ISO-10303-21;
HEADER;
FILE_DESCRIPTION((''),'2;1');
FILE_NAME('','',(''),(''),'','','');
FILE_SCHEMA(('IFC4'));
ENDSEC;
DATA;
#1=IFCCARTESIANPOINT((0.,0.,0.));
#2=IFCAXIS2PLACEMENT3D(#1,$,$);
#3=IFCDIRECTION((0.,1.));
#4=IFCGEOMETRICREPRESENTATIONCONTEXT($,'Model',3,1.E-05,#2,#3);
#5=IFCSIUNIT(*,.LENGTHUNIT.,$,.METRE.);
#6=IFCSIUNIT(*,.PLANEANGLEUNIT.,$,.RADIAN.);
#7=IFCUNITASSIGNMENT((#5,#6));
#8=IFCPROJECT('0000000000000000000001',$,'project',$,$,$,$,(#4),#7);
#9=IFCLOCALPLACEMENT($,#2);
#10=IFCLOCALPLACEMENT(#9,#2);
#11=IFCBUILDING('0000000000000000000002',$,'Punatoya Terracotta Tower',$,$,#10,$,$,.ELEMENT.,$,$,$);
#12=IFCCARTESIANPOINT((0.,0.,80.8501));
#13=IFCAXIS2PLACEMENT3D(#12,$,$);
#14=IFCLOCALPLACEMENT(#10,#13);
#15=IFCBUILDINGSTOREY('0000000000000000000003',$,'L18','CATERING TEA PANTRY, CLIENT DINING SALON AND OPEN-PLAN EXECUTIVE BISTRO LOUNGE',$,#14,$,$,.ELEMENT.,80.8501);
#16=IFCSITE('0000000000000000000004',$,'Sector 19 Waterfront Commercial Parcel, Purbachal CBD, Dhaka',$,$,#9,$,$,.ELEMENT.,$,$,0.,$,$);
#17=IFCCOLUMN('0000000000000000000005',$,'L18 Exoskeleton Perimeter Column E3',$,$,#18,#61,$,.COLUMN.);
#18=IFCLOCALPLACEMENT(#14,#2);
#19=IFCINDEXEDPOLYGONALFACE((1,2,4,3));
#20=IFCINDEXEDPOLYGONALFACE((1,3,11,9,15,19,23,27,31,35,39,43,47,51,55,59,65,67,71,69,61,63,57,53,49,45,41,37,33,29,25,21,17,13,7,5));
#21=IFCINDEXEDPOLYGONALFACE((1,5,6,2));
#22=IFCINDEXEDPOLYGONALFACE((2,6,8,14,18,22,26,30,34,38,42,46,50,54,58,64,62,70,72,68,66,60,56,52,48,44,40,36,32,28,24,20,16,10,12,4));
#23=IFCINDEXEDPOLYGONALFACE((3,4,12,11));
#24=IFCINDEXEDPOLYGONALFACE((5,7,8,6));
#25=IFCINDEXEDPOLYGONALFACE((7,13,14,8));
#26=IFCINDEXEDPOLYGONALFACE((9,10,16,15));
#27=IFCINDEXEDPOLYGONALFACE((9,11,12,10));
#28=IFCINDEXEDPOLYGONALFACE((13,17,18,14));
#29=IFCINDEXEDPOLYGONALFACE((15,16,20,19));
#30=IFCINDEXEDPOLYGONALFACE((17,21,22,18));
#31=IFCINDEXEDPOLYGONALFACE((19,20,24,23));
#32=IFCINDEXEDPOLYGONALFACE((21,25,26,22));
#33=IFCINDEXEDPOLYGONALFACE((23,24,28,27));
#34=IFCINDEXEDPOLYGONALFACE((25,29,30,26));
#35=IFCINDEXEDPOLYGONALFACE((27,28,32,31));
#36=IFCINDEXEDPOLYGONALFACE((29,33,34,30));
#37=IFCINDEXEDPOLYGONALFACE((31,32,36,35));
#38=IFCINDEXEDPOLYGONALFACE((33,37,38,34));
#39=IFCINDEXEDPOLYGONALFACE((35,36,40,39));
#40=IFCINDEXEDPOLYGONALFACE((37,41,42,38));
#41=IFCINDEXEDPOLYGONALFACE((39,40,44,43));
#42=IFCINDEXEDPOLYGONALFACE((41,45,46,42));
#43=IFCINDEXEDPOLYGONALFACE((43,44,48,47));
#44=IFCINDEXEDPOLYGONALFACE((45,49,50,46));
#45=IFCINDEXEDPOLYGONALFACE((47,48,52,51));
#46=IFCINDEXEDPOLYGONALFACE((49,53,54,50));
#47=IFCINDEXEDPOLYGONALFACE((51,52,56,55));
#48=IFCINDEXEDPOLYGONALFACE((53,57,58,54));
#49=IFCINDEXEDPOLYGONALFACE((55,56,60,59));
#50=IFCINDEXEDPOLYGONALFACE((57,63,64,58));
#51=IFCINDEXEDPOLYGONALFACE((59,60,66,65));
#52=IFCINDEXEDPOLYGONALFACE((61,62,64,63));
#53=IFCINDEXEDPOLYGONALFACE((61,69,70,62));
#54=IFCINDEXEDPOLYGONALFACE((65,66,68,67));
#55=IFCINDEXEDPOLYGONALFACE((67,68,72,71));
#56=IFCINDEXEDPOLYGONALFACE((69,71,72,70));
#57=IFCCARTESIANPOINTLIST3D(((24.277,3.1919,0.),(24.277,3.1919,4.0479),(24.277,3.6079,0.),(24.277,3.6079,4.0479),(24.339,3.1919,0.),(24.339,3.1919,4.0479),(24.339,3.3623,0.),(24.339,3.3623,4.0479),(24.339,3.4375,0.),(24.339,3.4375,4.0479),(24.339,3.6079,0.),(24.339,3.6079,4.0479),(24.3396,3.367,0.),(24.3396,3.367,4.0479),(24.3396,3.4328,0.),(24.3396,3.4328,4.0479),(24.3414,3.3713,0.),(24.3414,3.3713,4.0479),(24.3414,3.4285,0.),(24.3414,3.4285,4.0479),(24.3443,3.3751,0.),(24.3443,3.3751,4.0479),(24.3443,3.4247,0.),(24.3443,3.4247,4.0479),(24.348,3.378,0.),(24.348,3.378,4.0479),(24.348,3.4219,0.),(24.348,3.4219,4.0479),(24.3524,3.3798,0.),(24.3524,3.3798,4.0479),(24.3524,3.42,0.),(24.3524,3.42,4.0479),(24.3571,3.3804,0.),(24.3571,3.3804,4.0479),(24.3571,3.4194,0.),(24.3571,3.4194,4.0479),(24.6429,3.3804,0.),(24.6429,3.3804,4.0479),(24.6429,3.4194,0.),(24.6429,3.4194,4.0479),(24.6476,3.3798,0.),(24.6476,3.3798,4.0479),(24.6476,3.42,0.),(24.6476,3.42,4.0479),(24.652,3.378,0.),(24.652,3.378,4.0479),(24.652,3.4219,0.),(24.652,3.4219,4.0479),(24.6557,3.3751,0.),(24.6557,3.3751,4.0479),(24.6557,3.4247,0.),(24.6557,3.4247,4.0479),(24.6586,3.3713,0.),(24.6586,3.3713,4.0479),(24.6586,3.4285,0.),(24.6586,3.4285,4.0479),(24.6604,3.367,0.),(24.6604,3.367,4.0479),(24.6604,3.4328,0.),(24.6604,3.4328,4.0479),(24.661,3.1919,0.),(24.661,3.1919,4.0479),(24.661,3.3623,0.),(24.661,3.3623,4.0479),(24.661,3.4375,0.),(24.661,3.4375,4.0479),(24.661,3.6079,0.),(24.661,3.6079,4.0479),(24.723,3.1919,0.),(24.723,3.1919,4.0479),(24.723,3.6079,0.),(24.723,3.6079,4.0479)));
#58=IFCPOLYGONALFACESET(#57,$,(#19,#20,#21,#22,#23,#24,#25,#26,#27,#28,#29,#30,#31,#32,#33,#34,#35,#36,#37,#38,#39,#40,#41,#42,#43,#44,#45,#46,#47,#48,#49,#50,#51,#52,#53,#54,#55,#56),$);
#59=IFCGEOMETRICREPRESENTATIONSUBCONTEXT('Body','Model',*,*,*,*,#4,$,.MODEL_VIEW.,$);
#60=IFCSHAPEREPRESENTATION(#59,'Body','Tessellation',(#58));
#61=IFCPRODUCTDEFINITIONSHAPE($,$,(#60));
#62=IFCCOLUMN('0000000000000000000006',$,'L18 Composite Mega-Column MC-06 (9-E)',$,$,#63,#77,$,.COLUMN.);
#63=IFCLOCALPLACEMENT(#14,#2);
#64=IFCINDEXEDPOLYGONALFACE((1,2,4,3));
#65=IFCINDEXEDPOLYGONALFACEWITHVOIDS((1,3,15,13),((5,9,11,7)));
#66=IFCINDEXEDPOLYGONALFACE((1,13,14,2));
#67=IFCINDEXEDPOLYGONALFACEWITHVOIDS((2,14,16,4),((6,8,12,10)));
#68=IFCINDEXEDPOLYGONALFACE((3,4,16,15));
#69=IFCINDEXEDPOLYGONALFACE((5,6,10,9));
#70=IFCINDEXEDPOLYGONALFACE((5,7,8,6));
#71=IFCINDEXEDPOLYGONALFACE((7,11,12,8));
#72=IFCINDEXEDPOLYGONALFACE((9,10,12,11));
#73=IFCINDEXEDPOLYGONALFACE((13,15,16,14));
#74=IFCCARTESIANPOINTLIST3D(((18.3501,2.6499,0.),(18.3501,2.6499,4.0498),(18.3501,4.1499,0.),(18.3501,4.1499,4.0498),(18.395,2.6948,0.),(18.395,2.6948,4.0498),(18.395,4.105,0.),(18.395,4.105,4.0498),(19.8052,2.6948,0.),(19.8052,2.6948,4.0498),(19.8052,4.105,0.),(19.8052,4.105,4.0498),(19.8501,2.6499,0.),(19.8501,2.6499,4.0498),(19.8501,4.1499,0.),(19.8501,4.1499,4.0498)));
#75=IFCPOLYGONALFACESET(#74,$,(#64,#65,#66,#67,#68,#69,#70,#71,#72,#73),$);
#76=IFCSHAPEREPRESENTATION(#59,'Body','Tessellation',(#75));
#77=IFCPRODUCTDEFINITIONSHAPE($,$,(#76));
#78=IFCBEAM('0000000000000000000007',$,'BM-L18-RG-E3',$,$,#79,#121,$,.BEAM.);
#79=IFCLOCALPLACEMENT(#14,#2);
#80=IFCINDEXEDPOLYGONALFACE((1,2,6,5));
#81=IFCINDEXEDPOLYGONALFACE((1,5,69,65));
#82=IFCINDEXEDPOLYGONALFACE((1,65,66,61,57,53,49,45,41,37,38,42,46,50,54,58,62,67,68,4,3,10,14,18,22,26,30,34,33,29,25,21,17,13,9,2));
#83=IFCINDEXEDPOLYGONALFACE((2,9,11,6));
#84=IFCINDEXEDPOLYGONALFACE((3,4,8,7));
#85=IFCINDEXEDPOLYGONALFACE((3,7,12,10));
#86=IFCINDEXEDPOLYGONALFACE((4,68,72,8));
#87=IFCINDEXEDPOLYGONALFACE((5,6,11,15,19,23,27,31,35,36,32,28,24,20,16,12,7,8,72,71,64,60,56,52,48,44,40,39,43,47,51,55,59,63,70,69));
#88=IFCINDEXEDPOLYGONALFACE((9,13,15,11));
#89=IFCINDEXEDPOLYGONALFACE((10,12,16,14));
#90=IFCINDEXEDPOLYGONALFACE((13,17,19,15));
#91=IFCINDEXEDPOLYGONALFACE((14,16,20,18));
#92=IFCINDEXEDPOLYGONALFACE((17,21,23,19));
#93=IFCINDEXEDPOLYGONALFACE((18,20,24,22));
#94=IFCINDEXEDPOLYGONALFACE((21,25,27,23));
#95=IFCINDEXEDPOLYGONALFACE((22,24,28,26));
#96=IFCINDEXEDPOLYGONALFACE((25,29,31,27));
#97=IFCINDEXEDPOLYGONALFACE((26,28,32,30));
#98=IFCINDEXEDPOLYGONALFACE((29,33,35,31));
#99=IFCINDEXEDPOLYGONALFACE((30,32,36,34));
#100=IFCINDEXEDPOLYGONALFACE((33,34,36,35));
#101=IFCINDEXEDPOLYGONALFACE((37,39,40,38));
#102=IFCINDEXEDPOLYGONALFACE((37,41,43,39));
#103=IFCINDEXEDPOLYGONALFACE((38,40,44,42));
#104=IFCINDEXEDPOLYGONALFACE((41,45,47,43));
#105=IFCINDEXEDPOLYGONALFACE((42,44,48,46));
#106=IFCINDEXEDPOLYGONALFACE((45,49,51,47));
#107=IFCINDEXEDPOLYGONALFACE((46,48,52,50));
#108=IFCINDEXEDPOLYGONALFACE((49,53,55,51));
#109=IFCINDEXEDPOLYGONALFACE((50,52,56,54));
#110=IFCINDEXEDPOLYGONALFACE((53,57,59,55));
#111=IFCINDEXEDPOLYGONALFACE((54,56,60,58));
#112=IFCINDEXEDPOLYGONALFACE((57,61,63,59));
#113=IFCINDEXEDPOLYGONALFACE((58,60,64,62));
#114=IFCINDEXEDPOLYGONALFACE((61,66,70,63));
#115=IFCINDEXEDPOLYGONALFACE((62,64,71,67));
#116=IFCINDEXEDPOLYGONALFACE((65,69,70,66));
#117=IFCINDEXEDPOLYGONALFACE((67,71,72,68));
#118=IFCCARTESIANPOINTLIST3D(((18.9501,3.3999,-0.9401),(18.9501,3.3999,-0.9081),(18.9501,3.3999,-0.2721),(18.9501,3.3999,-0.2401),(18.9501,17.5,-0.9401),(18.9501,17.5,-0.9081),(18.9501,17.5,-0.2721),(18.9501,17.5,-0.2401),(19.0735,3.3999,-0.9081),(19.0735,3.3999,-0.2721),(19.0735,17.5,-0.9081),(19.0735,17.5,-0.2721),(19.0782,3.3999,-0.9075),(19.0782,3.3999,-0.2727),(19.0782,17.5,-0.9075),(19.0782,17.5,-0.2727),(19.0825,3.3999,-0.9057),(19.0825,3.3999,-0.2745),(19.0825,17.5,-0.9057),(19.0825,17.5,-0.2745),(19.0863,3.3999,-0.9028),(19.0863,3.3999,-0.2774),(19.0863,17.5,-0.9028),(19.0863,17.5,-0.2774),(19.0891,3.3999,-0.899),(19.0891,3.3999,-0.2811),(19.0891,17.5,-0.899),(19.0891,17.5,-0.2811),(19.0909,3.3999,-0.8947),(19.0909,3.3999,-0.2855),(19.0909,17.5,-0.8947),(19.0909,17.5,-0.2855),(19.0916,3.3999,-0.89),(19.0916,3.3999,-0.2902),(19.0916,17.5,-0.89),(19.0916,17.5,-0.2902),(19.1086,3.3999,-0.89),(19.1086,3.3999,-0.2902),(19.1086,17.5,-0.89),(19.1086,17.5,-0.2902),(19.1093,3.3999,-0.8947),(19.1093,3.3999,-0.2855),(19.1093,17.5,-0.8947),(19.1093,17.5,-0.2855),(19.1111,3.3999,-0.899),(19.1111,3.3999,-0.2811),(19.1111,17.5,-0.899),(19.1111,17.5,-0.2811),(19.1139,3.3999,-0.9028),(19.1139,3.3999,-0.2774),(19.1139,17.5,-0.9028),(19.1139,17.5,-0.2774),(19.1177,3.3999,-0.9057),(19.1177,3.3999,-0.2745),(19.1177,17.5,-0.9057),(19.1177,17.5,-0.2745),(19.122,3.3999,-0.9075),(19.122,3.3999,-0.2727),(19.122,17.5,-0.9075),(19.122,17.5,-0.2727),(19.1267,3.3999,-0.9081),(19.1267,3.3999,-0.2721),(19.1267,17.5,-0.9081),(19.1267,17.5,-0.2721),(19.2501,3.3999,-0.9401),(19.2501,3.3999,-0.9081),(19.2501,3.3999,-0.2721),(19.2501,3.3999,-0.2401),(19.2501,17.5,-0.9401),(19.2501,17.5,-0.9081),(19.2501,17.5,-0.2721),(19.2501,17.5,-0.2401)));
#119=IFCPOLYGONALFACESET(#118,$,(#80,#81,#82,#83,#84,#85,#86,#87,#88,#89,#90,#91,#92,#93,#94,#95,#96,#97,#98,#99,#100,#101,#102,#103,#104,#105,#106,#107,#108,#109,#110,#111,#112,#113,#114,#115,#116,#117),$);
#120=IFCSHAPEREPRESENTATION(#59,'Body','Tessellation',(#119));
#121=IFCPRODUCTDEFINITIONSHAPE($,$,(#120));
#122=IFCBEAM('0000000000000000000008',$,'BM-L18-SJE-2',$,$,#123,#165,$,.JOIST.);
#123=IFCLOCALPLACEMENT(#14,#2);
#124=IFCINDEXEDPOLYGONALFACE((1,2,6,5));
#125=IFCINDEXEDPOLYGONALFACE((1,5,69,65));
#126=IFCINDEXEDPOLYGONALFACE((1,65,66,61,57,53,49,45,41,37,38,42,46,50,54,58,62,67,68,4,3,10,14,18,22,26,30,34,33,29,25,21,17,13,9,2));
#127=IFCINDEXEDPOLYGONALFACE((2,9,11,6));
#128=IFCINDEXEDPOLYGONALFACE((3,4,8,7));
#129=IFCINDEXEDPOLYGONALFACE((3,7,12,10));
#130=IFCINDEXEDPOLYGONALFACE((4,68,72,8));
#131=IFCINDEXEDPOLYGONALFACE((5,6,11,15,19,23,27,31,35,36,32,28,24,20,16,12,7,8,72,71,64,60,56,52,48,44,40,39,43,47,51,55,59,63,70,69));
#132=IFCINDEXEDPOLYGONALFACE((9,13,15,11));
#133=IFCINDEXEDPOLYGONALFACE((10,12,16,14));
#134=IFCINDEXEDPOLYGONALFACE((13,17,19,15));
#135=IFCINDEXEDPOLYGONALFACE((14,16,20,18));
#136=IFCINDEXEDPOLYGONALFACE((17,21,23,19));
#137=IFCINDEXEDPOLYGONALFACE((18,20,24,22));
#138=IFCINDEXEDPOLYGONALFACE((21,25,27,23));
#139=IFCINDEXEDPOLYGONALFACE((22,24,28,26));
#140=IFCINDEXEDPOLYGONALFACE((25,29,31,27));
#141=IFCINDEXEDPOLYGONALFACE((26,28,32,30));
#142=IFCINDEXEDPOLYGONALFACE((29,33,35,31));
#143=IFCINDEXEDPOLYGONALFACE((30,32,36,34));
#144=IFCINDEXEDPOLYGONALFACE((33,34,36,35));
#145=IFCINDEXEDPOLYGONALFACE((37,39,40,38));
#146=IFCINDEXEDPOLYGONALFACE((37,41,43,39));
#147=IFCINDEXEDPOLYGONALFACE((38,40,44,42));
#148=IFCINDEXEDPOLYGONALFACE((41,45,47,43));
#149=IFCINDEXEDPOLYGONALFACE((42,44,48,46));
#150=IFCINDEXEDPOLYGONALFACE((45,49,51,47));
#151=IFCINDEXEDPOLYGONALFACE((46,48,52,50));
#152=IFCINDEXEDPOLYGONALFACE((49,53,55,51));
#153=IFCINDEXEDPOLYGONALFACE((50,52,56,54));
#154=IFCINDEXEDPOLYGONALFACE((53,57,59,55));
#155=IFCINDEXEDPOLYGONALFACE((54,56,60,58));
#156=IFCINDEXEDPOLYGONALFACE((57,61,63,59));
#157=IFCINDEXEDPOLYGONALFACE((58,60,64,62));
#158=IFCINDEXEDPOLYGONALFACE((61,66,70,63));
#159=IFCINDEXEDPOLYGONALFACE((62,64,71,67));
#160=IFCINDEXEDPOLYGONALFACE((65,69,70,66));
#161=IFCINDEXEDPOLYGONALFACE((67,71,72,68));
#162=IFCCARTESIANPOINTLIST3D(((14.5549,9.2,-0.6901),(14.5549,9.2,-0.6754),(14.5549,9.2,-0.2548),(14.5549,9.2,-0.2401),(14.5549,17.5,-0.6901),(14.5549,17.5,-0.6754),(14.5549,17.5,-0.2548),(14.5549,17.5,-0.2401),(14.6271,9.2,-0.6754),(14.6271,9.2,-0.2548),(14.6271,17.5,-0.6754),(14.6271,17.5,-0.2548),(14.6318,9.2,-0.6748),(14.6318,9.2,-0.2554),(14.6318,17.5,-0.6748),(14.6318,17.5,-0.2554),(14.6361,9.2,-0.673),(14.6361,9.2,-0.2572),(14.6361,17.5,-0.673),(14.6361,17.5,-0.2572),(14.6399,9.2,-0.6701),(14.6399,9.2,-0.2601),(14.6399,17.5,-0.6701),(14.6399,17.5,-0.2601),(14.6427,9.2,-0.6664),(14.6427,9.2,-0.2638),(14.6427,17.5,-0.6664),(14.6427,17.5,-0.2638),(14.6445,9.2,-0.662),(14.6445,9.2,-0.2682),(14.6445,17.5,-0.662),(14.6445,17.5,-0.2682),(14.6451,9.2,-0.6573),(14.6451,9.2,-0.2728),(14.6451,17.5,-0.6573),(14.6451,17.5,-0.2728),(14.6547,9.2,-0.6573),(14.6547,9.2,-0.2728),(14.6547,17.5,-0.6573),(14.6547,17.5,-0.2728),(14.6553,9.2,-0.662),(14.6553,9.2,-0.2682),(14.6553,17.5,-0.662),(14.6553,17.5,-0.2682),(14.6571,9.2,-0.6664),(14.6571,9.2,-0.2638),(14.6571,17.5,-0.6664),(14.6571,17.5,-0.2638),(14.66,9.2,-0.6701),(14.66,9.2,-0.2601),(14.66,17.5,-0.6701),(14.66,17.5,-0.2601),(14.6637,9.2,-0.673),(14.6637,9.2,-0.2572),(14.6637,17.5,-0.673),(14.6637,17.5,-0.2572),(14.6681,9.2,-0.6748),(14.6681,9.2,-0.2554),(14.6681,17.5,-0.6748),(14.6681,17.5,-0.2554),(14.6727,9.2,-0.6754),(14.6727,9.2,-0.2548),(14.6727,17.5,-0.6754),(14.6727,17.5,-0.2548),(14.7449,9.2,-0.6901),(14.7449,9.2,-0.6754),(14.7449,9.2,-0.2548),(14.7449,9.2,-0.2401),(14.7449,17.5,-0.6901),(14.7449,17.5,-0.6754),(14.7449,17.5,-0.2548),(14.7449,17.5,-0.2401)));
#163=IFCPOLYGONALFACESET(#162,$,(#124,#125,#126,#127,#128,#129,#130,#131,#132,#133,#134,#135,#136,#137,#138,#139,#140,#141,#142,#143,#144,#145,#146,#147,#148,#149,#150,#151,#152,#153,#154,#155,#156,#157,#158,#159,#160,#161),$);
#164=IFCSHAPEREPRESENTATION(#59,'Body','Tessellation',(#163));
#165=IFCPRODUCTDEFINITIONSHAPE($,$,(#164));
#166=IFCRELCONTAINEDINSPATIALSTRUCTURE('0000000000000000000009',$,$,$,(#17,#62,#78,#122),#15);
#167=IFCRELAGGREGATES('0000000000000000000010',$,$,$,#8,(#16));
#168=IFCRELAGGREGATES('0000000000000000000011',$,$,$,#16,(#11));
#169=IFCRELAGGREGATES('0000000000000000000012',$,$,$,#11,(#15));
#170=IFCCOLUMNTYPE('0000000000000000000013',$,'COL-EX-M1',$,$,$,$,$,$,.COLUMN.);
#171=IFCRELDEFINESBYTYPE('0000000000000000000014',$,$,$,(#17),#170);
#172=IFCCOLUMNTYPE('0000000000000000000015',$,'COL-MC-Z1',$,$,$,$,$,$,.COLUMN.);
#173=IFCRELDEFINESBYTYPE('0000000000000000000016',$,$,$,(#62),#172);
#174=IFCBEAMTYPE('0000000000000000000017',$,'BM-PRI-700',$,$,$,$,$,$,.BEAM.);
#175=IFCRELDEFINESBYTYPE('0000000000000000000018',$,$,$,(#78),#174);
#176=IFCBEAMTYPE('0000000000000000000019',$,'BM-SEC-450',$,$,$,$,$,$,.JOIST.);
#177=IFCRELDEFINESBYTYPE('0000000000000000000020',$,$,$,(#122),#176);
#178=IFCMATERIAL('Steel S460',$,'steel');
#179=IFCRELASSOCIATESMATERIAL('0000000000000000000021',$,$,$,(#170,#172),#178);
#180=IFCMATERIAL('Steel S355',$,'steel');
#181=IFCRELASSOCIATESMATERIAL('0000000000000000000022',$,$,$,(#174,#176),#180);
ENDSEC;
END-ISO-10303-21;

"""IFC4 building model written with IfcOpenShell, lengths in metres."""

from ifc_helpers import new_model, si_unit, direction, frame, origin, origin_2d, place, context, subcontext, project, spatial, hollow_rectangle, i_section, extrude, material, material_profile, profile_set, type_object, element, save


model = new_model("IFC4")

# Units and contexts
model_context = context("Model", 3, precision=1e-05, world=origin(), true_north=direction((0.0, 1.0)))
body_context = subcontext(model_context, "Body", "Model", "MODEL_VIEW")
ifc_project = project(units=[si_unit("LENGTHUNIT", "METRE"), si_unit("PLANEANGLEUNIT", "RADIAN")], contexts=[model_context])

# Site, building, storey
site_placement = place(None, origin())
site = spatial("IfcSite", under=ifc_project, at=site_placement, Name="Sector 19 Waterfront Commercial Parcel, Purbachal CBD, Dhaka", CompositionType="ELEMENT", RefElevation=0.0)
building_placement = place(site_placement, origin())
building = spatial("IfcBuilding", under=site, at=building_placement, Name="Punatoya Terracotta Tower", CompositionType="ELEMENT")
storey_placement = place(building_placement, frame((0.0, 0.0, 80.8501)))
storey = spatial("IfcBuildingStorey", under=building, at=storey_placement, Name="L18", Description="CATERING TEA PANTRY, CLIENT DINING SALON AND OPEN-PLAN EXECUTIVE BISTRO LOUNGE", CompositionType="ELEMENT", Elevation=80.8501)

# Columns
ifc_material_1 = material(Name="Steel S460", Category="steel")
ifc_material_profile_1 = material_profile(ifc_material_1, i_section(OverallWidth=0.416, OverallDepth=0.446, WebThickness=0.0391, FlangeThickness=0.062, FilletRadius=0.0181, at=origin_2d()))
ifc_profile_set_1 = profile_set([ifc_material_profile_1], Name="Steel S460")
column_type_1 = type_object("IfcColumnType", Name="COL-EX-M1", PredefinedType="COLUMN", material=ifc_profile_set_1)
column_1_placement = place(storey_placement, frame((24.5, 3.3999, 0.0), z_axis=(0.0, 0.0, 1.0), x_axis=(0.0, 1.0, 0.0)))
element("IfcColumn", 1, at=column_1_placement, inside=storey, type_object=column_type_1, Name="L18 Exoskeleton Perimeter Column E3", PredefinedType="COLUMN", context=body_context, shape_type="SweptSolid", body=[
    extrude(i_section(OverallWidth=0.416, OverallDepth=0.446, WebThickness=0.0391, FlangeThickness=0.062, FilletRadius=0.0181, at=origin_2d()), origin(), (0.0, 0.0, 1.0), 4.0479),
])
ifc_material_profile_2 = material_profile(ifc_material_1, hollow_rectangle(XDim=1.5, YDim=1.5, WallThickness=0.0449, at=origin_2d()))
ifc_profile_set_2 = profile_set([ifc_material_profile_2], Name="Steel S460")
column_type_2 = type_object("IfcColumnType", Name="COL-MC-Z1", PredefinedType="COLUMN", material=ifc_profile_set_2)
column_2_placement = place(storey_placement, frame((19.1001, 3.3999, 0.0), z_axis=(0.0, 0.0, 1.0), x_axis=(1.0, 0.0, 0.0)))
element("IfcColumn", 2, at=column_2_placement, inside=storey, type_object=column_type_2, Name="L18 Composite Mega-Column MC-06 (9-E)", PredefinedType="COLUMN", context=body_context, shape_type="SweptSolid", body=[
    extrude(hollow_rectangle(XDim=1.5, YDim=1.5, WallThickness=0.0449, at=origin_2d()), origin(), (0.0, 0.0, 1.0), 4.0498),
])

# Beams
ifc_material_2 = material(Name="Steel S355", Category="steel")
ifc_material_profile_3 = material_profile(ifc_material_2, i_section(OverallWidth=0.3, OverallDepth=0.7, WebThickness=0.0171, FlangeThickness=0.032, FilletRadius=0.0181, at=origin_2d()))
ifc_profile_set_3 = profile_set([ifc_material_profile_3], Name="Steel S355")
beam_type_1 = type_object("IfcBeamType", Name="BM-PRI-700", PredefinedType="BEAM", material=ifc_profile_set_3)
beam_1_placement = place(storey_placement, frame((19.1001, 3.3999, -0.5901), z_axis=(0.0, 1.0, 0.0), x_axis=(-1.0, 0.0, 0.0)))
element("IfcBeam", 3, at=beam_1_placement, inside=storey, type_object=beam_type_1, Name="BM-L18-RG-E3", PredefinedType="BEAM", context=body_context, shape_type="SweptSolid", body=[
    extrude(i_section(OverallWidth=0.3, OverallDepth=0.7, WebThickness=0.0171, FlangeThickness=0.032, FilletRadius=0.0181, at=origin_2d()), origin(), (0.0, 0.0, 1.0), 14.1001),
])
ifc_material_profile_4 = material_profile(ifc_material_2, i_section(OverallWidth=0.1899, OverallDepth=0.45, WebThickness=0.0095, FlangeThickness=0.0146, FilletRadius=0.0181, at=origin_2d()))
ifc_profile_set_4 = profile_set([ifc_material_profile_4], Name="Steel S355")
beam_type_2 = type_object("IfcBeamType", Name="BM-SEC-450", PredefinedType="JOIST", material=ifc_profile_set_4)
beam_2_placement = place(storey_placement, frame((14.6499, 9.2, -0.4651), z_axis=(0.0, 1.0, 0.0), x_axis=(-1.0, 0.0, 0.0)))
element("IfcBeam", 4, at=beam_2_placement, inside=storey, type_object=beam_type_2, Name="BM-L18-SJE-2", PredefinedType="JOIST", context=body_context, shape_type="SweptSolid", body=[
    extrude(i_section(OverallWidth=0.1899, OverallDepth=0.45, WebThickness=0.0095, FlangeThickness=0.0146, FilletRadius=0.0181, at=origin_2d()), origin(), (0.0, 0.0, 1.0), 8.3),
])

save(model, "model.ifc")
